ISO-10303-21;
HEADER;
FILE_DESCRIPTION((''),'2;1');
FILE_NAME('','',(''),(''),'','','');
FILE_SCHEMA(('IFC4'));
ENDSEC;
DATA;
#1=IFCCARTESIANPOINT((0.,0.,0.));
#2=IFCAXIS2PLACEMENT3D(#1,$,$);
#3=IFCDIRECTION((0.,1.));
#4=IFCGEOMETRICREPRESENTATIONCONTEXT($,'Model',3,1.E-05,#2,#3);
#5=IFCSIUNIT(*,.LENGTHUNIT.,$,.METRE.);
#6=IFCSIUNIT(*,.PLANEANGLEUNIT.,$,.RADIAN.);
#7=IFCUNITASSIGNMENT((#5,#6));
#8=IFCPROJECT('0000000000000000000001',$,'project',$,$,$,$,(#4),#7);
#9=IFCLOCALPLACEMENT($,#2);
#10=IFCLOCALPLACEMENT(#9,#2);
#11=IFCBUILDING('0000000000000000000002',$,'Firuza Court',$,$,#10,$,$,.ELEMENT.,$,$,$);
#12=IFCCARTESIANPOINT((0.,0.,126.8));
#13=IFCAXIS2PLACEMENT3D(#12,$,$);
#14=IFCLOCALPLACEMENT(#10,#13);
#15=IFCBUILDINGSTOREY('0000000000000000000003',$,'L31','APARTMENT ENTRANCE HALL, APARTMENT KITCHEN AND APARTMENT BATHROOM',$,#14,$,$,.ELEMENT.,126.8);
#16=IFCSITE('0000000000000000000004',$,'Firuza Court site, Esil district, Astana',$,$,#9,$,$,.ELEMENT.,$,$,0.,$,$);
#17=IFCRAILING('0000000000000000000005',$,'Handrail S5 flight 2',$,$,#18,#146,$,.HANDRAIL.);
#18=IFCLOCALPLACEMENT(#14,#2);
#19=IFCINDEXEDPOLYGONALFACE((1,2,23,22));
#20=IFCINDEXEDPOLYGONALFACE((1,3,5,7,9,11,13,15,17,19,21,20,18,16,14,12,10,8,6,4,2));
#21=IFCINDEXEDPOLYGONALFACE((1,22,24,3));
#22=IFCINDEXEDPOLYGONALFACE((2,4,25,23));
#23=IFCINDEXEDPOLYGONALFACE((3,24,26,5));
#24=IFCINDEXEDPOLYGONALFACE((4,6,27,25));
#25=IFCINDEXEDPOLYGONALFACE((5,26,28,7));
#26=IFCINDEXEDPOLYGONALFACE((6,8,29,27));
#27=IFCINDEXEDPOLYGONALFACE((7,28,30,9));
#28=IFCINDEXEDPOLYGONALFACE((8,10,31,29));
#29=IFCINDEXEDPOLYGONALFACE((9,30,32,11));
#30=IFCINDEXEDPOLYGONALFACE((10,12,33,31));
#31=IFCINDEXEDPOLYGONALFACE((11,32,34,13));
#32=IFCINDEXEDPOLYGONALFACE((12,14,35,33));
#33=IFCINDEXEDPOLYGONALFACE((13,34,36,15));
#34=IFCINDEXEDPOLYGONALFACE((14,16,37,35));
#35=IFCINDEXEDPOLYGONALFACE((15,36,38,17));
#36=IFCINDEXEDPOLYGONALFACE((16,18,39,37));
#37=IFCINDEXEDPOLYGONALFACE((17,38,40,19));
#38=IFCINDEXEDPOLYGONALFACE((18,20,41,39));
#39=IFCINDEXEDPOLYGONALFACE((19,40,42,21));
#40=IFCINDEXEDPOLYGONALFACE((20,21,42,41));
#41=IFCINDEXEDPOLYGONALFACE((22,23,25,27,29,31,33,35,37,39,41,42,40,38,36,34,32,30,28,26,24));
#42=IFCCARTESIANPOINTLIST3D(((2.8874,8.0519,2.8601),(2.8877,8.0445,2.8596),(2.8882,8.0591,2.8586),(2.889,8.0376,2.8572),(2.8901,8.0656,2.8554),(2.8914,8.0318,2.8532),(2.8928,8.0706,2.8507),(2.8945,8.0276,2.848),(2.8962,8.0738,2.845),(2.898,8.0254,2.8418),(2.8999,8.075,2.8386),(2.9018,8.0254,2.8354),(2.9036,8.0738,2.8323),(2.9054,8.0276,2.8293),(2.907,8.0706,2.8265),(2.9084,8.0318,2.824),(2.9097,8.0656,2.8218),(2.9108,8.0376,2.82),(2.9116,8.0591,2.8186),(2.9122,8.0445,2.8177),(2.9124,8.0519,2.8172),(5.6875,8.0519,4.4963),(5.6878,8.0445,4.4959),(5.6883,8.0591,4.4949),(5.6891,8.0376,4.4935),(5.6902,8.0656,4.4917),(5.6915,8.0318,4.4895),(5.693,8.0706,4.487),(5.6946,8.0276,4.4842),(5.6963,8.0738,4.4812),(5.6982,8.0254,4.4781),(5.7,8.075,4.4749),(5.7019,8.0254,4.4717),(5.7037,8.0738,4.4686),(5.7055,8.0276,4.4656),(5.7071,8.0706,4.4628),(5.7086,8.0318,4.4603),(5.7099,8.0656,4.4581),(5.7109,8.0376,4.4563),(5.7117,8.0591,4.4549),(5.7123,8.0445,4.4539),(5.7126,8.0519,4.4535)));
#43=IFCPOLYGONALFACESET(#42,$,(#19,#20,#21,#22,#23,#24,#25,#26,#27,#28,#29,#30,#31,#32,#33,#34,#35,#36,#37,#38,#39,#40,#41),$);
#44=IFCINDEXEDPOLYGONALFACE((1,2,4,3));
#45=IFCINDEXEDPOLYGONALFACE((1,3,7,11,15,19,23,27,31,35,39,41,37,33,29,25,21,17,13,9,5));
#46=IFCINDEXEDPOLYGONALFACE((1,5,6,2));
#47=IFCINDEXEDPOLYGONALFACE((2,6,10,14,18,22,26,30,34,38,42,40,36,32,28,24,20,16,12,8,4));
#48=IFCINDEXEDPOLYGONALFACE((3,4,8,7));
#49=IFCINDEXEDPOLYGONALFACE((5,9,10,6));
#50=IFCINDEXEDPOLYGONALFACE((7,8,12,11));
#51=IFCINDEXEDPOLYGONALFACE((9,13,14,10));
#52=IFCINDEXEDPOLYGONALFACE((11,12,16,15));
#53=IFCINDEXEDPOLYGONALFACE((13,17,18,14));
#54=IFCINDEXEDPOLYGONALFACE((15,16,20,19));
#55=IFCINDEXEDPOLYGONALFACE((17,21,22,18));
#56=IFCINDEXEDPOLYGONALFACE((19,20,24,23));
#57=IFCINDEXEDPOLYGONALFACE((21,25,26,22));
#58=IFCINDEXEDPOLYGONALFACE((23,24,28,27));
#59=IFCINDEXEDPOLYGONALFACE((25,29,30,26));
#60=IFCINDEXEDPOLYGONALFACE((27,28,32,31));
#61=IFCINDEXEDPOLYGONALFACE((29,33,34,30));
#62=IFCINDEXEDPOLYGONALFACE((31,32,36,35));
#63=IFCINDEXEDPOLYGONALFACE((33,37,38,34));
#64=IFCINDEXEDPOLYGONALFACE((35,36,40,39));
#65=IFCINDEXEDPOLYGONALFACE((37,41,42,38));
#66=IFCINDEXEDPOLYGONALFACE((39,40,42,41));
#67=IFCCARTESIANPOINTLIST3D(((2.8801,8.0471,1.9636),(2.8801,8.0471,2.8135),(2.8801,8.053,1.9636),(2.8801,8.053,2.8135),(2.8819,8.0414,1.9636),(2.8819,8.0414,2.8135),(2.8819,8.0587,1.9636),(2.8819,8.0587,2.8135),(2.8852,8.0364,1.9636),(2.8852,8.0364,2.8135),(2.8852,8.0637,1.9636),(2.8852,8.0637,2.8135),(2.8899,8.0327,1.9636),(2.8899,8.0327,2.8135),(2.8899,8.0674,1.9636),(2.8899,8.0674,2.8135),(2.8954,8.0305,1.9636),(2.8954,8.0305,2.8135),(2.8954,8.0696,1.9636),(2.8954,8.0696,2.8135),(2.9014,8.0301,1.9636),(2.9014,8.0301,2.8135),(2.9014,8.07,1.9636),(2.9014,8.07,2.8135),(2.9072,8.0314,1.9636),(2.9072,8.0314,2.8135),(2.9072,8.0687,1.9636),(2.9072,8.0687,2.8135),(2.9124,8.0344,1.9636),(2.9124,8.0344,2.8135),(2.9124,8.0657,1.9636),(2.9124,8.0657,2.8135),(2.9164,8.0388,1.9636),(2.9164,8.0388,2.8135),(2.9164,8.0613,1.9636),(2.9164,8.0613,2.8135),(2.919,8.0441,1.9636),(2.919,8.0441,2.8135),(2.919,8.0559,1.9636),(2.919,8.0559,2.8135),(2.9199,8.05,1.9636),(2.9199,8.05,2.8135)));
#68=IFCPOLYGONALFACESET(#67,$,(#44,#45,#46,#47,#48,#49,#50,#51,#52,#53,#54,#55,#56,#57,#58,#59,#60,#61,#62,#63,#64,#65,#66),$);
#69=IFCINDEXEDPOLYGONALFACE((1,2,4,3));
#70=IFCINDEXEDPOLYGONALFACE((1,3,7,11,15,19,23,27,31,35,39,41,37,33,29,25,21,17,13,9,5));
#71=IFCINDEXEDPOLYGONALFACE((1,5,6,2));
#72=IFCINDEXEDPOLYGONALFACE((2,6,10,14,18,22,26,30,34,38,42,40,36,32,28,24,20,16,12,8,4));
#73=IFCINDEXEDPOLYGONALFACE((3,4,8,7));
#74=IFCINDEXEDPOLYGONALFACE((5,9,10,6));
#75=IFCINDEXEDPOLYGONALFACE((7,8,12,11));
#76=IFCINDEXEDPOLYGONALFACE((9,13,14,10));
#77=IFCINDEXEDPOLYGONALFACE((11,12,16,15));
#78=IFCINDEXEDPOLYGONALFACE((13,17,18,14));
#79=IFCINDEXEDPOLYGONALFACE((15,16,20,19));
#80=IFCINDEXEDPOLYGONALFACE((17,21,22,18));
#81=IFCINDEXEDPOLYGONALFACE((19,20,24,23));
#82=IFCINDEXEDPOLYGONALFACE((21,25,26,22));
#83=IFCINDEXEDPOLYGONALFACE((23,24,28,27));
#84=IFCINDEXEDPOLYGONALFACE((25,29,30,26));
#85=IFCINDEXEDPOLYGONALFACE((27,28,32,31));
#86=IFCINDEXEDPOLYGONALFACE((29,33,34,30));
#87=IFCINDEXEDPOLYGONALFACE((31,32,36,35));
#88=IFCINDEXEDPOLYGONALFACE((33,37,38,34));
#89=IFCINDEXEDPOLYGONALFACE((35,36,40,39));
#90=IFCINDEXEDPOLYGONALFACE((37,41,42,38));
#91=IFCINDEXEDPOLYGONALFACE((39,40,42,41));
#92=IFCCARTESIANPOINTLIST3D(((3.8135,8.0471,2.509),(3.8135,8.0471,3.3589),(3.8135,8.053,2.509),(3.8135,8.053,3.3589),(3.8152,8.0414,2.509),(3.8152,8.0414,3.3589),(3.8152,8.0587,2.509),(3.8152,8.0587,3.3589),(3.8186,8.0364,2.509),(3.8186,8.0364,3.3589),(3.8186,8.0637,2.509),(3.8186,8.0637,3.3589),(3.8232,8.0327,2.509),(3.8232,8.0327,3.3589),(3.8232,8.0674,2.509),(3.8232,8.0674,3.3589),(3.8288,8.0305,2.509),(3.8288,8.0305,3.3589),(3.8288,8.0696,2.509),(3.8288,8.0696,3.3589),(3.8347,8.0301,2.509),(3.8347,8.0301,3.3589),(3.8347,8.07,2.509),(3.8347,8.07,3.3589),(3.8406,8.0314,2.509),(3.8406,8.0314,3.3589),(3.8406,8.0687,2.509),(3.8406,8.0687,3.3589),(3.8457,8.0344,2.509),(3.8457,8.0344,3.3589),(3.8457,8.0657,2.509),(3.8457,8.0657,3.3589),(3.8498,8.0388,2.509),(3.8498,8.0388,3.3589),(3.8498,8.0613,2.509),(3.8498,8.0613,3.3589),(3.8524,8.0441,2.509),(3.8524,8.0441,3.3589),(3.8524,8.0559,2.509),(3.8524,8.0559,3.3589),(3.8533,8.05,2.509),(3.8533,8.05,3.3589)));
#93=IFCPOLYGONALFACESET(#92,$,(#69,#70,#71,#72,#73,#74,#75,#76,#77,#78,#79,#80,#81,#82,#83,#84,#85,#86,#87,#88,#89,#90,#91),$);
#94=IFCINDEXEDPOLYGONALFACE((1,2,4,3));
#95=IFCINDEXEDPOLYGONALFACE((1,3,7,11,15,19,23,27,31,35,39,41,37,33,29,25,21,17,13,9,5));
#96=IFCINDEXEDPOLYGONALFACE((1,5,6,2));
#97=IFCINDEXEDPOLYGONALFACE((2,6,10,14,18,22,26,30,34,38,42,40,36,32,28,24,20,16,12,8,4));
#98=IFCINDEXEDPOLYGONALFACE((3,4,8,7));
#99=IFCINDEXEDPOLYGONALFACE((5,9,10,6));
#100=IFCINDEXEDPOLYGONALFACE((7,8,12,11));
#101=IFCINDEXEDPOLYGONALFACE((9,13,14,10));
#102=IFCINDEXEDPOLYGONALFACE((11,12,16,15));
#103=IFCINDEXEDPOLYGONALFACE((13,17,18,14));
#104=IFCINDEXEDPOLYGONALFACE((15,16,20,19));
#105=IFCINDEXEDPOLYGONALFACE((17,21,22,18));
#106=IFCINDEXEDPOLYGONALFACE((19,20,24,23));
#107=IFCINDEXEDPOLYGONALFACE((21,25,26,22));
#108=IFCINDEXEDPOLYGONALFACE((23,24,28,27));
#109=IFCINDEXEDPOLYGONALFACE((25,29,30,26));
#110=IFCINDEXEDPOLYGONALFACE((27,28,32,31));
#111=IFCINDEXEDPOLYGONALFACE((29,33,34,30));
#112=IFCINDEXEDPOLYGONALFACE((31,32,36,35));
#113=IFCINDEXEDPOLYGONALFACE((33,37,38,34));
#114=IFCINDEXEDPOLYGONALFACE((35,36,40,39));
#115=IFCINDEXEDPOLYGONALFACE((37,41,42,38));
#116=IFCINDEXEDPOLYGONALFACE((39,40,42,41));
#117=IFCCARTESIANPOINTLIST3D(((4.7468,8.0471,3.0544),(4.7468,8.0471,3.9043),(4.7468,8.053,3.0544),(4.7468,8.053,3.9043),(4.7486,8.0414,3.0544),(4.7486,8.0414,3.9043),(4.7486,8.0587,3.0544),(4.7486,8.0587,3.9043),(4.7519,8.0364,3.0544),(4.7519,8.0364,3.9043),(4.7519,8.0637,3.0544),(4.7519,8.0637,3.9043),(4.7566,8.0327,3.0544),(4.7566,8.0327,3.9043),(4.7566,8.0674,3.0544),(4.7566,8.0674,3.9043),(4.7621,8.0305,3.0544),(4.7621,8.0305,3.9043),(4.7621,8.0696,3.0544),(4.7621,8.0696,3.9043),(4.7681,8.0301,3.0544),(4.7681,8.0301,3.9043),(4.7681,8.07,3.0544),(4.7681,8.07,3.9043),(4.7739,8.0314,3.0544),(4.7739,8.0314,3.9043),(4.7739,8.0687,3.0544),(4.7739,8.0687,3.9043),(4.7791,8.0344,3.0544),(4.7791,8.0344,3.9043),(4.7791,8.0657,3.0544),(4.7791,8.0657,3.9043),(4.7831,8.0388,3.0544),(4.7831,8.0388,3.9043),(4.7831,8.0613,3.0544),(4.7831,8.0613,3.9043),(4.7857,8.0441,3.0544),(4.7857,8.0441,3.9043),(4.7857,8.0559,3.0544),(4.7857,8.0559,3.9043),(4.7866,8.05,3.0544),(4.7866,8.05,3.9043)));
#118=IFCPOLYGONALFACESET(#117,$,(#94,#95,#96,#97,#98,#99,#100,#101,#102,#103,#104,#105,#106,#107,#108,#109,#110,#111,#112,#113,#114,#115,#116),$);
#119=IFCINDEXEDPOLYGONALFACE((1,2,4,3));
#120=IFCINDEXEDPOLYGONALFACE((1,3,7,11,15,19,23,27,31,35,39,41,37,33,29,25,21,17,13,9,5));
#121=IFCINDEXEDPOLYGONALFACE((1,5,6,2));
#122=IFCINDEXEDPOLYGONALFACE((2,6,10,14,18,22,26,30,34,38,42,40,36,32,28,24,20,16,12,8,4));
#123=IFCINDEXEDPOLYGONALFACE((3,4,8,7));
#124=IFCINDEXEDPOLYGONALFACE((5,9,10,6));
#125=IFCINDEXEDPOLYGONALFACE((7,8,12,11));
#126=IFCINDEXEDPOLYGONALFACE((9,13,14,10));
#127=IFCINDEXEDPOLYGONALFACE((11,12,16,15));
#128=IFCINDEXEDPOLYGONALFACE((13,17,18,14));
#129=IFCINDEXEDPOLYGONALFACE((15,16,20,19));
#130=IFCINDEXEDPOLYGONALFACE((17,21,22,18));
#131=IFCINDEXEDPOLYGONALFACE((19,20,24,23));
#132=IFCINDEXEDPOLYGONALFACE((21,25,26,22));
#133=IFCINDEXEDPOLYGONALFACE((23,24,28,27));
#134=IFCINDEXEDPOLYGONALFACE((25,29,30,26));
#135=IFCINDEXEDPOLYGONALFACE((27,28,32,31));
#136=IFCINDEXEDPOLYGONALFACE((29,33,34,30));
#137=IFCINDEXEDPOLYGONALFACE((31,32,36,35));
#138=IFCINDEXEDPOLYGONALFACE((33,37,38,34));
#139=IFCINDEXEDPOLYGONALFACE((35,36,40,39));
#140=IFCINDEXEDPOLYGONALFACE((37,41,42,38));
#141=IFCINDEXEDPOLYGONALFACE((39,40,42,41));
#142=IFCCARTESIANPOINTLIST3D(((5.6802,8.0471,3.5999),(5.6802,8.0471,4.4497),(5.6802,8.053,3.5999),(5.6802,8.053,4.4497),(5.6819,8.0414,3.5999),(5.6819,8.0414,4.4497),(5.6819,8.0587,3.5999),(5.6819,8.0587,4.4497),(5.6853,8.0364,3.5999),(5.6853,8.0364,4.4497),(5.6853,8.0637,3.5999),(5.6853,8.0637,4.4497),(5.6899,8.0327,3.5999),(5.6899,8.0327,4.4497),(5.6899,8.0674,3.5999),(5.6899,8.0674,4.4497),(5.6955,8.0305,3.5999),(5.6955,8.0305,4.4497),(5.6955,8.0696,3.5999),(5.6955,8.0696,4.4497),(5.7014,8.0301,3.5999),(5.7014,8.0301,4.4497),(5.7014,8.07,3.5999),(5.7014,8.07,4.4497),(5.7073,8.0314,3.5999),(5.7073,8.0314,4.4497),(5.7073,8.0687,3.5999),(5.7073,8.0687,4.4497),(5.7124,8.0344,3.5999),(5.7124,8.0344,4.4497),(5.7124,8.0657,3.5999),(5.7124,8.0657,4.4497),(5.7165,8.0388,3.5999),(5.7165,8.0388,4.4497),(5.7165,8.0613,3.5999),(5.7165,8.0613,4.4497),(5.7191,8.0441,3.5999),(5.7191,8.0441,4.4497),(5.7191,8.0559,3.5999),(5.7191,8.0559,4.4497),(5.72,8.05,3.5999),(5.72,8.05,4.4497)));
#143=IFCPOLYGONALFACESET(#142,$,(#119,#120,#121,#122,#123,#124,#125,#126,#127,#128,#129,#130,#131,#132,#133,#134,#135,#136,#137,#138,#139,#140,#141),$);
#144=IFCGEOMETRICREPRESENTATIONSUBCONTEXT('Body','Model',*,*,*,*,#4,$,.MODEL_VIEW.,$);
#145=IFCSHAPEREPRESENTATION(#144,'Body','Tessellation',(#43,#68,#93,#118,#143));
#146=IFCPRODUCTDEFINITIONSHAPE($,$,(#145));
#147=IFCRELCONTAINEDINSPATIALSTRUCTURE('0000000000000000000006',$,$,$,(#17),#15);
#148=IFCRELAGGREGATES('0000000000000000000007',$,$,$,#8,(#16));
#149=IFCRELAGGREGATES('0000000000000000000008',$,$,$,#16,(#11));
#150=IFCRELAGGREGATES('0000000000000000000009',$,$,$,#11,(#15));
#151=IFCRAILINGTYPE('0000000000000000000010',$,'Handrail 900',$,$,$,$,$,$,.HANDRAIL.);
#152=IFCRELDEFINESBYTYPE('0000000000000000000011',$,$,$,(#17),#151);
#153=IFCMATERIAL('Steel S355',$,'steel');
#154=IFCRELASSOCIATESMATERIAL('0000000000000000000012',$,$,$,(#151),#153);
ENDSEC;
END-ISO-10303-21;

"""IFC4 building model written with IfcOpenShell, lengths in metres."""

from ifc_helpers import new_model, si_unit, direction, frame, origin, origin_2d, place, context, subcontext, project, spatial, circle, extrude, material, type_object, element, save


model = new_model("IFC4")

# Units and contexts
model_context = context("Model", 3, precision=1e-05, world=origin(), true_north=direction((0.0, 1.0)))
body_context = subcontext(model_context, "Body", "Model", "MODEL_VIEW")
ifc_project = project(units=[si_unit("LENGTHUNIT", "METRE"), si_unit("PLANEANGLEUNIT", "RADIAN")], contexts=[model_context])

# Site, building, storey
site_placement = place(None, origin())
site = spatial("IfcSite", under=ifc_project, at=site_placement, Name="Firuza Court site, Esil district, Astana", CompositionType="ELEMENT", RefElevation=0.0)
building_placement = place(site_placement, origin())
building = spatial("IfcBuilding", under=site, at=building_placement, Name="Firuza Court", CompositionType="ELEMENT")
storey_placement = place(building_placement, frame((0.0, 0.0, 126.8)))
storey = spatial("IfcBuildingStorey", under=building, at=storey_placement, Name="L31", Description="APARTMENT ENTRANCE HALL, APARTMENT KITCHEN AND APARTMENT BATHROOM", CompositionType="ELEMENT", Elevation=126.8)

# Railing
ifc_material_1 = material(Name="Steel S355", Category="steel")
railing_type_1 = type_object("IfcRailingType", Name="Handrail 900", PredefinedType="HANDRAIL", material=ifc_material_1)
railing_1_placement = place(storey_placement, frame((2.8999, 8.05, 1.9636)))
element("IfcRailing", 1, at=railing_1_placement, inside=storey, type_object=railing_type_1, Name="Handrail S5 flight 2", PredefinedType="HANDRAIL", context=body_context, shape_type="SweptSolid", body=[
    extrude(circle(Radius=0.0249, at=origin_2d()), frame((0.0, 0.0, 0.875), z_axis=(0.863394, 0.0, 0.504531), x_axis=(0.0, 1.0, 0.0)), (0.0, 0.0, 1.0), 3.2432),
    extrude(circle(Radius=0.02, at=origin_2d()), origin(), (0.0, 0.0, 1.0), 0.8499),
    extrude(circle(Radius=0.02, at=origin_2d()), frame((0.9333, 0.0, 0.5454)), (0.0, 0.0, 1.0), 0.8499),
    extrude(circle(Radius=0.02, at=origin_2d()), frame((1.8667, 0.0, 1.0908)), (0.0, 0.0, 1.0), 0.8499),
    extrude(circle(Radius=0.02, at=origin_2d()), frame((2.8, 0.0, 1.6362)), (0.0, 0.0, 1.0), 0.8499),
])

save(model, "model.ifc")
